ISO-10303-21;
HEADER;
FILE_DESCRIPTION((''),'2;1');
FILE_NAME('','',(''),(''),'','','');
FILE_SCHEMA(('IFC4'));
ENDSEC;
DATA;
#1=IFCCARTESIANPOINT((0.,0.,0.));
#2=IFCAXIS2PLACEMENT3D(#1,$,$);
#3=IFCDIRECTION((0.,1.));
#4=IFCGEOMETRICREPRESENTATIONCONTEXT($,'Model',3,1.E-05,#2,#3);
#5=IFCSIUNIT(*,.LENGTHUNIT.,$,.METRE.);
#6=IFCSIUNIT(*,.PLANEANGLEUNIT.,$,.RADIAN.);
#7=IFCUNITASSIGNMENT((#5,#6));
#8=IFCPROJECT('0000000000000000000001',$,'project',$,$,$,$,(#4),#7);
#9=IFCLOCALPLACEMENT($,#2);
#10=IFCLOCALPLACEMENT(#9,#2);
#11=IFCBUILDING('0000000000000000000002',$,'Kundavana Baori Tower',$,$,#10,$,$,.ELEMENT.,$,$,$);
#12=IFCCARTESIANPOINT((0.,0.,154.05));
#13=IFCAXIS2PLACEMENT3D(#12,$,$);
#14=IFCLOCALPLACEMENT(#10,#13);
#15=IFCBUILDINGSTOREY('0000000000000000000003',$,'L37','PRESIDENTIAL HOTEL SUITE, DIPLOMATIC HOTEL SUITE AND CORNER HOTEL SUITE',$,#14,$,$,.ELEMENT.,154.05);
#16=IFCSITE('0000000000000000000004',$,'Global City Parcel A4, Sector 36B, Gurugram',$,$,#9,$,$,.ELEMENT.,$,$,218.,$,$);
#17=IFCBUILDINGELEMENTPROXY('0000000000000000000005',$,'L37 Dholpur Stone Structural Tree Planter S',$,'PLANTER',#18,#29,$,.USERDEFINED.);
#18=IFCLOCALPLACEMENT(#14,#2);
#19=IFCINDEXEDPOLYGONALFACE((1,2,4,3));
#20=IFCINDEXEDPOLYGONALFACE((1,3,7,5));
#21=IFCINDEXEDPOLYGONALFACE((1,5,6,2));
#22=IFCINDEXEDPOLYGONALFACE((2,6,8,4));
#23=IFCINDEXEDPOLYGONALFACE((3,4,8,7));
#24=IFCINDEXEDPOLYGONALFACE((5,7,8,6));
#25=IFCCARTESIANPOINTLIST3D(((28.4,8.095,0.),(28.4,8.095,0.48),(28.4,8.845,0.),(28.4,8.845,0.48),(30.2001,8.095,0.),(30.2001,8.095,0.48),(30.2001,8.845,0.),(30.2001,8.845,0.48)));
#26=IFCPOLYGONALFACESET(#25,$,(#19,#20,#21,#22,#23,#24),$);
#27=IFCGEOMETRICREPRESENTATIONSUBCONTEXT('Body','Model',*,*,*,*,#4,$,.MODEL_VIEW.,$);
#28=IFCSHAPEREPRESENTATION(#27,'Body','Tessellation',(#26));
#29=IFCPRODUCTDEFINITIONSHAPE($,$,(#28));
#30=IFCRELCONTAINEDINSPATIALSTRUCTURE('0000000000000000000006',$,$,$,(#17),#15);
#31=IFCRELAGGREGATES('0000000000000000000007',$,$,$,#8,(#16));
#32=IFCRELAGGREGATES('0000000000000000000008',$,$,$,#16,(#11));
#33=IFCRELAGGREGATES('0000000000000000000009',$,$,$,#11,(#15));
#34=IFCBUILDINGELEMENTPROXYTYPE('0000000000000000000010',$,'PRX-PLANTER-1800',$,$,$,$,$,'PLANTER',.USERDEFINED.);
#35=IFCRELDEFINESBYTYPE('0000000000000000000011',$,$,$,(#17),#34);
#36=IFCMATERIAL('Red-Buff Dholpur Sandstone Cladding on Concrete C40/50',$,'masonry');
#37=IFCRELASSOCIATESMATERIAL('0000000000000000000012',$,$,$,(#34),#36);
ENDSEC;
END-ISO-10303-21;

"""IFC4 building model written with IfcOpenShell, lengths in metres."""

from ifc_helpers import new_model, si_unit, direction, frame, origin, origin_2d, place, context, subcontext, project, spatial, rectangle, extrude, material, type_object, element, save


model = new_model("IFC4")

# Units and contexts
model_context = context("Model", 3, precision=1e-05, world=origin(), true_north=direction((0.0, 1.0)))
body_context = subcontext(model_context, "Body", "Model", "MODEL_VIEW")
ifc_project = project(units=[si_unit("LENGTHUNIT", "METRE"), si_unit("PLANEANGLEUNIT", "RADIAN")], contexts=[model_context])

# Site, building, storey
site_placement = place(None, origin())
site = spatial("IfcSite", under=ifc_project, at=site_placement, Name="Global City Parcel A4, Sector 36B, Gurugram", CompositionType="ELEMENT", RefElevation=218.0)
building_placement = place(site_placement, origin())
building = spatial("IfcBuilding", under=site, at=building_placement, Name="Kundavana Baori Tower", CompositionType="ELEMENT")
storey_placement = place(building_placement, frame((0.0, 0.0, 154.05)))
storey = spatial("IfcBuildingStorey", under=building, at=storey_placement, Name="L37", Description="PRESIDENTIAL HOTEL SUITE, DIPLOMATIC HOTEL SUITE AND CORNER HOTEL SUITE", CompositionType="ELEMENT", Elevation=154.05)

# Building element proxy
ifc_material_1 = material(Name="Red-Buff Dholpur Sandstone Cladding on Concrete C40/50", Category="masonry")
building_element_proxy_type = type_object("IfcBuildingElementProxyType", Name="PRX-PLANTER-1800", ElementType="PLANTER", PredefinedType="USERDEFINED", material=ifc_material_1)
proxy_placement = place(storey_placement, frame((29.3, 8.47, 0.0), z_axis=(0.0, 0.0, 1.0), x_axis=(1.0, 0.0, 0.0)))
element("IfcBuildingElementProxy", 1, at=proxy_placement, inside=storey, type_object=building_element_proxy_type, Name="L37 Dholpur Stone Structural Tree Planter S", ObjectType="PLANTER", PredefinedType="USERDEFINED", context=body_context, shape_type="SweptSolid", body=[
    extrude(rectangle(XDim=1.8, YDim=0.75, at=origin_2d()), origin(), (0.0, 0.0, 1.0), 0.48),
])

save(model, "model.ifc")
